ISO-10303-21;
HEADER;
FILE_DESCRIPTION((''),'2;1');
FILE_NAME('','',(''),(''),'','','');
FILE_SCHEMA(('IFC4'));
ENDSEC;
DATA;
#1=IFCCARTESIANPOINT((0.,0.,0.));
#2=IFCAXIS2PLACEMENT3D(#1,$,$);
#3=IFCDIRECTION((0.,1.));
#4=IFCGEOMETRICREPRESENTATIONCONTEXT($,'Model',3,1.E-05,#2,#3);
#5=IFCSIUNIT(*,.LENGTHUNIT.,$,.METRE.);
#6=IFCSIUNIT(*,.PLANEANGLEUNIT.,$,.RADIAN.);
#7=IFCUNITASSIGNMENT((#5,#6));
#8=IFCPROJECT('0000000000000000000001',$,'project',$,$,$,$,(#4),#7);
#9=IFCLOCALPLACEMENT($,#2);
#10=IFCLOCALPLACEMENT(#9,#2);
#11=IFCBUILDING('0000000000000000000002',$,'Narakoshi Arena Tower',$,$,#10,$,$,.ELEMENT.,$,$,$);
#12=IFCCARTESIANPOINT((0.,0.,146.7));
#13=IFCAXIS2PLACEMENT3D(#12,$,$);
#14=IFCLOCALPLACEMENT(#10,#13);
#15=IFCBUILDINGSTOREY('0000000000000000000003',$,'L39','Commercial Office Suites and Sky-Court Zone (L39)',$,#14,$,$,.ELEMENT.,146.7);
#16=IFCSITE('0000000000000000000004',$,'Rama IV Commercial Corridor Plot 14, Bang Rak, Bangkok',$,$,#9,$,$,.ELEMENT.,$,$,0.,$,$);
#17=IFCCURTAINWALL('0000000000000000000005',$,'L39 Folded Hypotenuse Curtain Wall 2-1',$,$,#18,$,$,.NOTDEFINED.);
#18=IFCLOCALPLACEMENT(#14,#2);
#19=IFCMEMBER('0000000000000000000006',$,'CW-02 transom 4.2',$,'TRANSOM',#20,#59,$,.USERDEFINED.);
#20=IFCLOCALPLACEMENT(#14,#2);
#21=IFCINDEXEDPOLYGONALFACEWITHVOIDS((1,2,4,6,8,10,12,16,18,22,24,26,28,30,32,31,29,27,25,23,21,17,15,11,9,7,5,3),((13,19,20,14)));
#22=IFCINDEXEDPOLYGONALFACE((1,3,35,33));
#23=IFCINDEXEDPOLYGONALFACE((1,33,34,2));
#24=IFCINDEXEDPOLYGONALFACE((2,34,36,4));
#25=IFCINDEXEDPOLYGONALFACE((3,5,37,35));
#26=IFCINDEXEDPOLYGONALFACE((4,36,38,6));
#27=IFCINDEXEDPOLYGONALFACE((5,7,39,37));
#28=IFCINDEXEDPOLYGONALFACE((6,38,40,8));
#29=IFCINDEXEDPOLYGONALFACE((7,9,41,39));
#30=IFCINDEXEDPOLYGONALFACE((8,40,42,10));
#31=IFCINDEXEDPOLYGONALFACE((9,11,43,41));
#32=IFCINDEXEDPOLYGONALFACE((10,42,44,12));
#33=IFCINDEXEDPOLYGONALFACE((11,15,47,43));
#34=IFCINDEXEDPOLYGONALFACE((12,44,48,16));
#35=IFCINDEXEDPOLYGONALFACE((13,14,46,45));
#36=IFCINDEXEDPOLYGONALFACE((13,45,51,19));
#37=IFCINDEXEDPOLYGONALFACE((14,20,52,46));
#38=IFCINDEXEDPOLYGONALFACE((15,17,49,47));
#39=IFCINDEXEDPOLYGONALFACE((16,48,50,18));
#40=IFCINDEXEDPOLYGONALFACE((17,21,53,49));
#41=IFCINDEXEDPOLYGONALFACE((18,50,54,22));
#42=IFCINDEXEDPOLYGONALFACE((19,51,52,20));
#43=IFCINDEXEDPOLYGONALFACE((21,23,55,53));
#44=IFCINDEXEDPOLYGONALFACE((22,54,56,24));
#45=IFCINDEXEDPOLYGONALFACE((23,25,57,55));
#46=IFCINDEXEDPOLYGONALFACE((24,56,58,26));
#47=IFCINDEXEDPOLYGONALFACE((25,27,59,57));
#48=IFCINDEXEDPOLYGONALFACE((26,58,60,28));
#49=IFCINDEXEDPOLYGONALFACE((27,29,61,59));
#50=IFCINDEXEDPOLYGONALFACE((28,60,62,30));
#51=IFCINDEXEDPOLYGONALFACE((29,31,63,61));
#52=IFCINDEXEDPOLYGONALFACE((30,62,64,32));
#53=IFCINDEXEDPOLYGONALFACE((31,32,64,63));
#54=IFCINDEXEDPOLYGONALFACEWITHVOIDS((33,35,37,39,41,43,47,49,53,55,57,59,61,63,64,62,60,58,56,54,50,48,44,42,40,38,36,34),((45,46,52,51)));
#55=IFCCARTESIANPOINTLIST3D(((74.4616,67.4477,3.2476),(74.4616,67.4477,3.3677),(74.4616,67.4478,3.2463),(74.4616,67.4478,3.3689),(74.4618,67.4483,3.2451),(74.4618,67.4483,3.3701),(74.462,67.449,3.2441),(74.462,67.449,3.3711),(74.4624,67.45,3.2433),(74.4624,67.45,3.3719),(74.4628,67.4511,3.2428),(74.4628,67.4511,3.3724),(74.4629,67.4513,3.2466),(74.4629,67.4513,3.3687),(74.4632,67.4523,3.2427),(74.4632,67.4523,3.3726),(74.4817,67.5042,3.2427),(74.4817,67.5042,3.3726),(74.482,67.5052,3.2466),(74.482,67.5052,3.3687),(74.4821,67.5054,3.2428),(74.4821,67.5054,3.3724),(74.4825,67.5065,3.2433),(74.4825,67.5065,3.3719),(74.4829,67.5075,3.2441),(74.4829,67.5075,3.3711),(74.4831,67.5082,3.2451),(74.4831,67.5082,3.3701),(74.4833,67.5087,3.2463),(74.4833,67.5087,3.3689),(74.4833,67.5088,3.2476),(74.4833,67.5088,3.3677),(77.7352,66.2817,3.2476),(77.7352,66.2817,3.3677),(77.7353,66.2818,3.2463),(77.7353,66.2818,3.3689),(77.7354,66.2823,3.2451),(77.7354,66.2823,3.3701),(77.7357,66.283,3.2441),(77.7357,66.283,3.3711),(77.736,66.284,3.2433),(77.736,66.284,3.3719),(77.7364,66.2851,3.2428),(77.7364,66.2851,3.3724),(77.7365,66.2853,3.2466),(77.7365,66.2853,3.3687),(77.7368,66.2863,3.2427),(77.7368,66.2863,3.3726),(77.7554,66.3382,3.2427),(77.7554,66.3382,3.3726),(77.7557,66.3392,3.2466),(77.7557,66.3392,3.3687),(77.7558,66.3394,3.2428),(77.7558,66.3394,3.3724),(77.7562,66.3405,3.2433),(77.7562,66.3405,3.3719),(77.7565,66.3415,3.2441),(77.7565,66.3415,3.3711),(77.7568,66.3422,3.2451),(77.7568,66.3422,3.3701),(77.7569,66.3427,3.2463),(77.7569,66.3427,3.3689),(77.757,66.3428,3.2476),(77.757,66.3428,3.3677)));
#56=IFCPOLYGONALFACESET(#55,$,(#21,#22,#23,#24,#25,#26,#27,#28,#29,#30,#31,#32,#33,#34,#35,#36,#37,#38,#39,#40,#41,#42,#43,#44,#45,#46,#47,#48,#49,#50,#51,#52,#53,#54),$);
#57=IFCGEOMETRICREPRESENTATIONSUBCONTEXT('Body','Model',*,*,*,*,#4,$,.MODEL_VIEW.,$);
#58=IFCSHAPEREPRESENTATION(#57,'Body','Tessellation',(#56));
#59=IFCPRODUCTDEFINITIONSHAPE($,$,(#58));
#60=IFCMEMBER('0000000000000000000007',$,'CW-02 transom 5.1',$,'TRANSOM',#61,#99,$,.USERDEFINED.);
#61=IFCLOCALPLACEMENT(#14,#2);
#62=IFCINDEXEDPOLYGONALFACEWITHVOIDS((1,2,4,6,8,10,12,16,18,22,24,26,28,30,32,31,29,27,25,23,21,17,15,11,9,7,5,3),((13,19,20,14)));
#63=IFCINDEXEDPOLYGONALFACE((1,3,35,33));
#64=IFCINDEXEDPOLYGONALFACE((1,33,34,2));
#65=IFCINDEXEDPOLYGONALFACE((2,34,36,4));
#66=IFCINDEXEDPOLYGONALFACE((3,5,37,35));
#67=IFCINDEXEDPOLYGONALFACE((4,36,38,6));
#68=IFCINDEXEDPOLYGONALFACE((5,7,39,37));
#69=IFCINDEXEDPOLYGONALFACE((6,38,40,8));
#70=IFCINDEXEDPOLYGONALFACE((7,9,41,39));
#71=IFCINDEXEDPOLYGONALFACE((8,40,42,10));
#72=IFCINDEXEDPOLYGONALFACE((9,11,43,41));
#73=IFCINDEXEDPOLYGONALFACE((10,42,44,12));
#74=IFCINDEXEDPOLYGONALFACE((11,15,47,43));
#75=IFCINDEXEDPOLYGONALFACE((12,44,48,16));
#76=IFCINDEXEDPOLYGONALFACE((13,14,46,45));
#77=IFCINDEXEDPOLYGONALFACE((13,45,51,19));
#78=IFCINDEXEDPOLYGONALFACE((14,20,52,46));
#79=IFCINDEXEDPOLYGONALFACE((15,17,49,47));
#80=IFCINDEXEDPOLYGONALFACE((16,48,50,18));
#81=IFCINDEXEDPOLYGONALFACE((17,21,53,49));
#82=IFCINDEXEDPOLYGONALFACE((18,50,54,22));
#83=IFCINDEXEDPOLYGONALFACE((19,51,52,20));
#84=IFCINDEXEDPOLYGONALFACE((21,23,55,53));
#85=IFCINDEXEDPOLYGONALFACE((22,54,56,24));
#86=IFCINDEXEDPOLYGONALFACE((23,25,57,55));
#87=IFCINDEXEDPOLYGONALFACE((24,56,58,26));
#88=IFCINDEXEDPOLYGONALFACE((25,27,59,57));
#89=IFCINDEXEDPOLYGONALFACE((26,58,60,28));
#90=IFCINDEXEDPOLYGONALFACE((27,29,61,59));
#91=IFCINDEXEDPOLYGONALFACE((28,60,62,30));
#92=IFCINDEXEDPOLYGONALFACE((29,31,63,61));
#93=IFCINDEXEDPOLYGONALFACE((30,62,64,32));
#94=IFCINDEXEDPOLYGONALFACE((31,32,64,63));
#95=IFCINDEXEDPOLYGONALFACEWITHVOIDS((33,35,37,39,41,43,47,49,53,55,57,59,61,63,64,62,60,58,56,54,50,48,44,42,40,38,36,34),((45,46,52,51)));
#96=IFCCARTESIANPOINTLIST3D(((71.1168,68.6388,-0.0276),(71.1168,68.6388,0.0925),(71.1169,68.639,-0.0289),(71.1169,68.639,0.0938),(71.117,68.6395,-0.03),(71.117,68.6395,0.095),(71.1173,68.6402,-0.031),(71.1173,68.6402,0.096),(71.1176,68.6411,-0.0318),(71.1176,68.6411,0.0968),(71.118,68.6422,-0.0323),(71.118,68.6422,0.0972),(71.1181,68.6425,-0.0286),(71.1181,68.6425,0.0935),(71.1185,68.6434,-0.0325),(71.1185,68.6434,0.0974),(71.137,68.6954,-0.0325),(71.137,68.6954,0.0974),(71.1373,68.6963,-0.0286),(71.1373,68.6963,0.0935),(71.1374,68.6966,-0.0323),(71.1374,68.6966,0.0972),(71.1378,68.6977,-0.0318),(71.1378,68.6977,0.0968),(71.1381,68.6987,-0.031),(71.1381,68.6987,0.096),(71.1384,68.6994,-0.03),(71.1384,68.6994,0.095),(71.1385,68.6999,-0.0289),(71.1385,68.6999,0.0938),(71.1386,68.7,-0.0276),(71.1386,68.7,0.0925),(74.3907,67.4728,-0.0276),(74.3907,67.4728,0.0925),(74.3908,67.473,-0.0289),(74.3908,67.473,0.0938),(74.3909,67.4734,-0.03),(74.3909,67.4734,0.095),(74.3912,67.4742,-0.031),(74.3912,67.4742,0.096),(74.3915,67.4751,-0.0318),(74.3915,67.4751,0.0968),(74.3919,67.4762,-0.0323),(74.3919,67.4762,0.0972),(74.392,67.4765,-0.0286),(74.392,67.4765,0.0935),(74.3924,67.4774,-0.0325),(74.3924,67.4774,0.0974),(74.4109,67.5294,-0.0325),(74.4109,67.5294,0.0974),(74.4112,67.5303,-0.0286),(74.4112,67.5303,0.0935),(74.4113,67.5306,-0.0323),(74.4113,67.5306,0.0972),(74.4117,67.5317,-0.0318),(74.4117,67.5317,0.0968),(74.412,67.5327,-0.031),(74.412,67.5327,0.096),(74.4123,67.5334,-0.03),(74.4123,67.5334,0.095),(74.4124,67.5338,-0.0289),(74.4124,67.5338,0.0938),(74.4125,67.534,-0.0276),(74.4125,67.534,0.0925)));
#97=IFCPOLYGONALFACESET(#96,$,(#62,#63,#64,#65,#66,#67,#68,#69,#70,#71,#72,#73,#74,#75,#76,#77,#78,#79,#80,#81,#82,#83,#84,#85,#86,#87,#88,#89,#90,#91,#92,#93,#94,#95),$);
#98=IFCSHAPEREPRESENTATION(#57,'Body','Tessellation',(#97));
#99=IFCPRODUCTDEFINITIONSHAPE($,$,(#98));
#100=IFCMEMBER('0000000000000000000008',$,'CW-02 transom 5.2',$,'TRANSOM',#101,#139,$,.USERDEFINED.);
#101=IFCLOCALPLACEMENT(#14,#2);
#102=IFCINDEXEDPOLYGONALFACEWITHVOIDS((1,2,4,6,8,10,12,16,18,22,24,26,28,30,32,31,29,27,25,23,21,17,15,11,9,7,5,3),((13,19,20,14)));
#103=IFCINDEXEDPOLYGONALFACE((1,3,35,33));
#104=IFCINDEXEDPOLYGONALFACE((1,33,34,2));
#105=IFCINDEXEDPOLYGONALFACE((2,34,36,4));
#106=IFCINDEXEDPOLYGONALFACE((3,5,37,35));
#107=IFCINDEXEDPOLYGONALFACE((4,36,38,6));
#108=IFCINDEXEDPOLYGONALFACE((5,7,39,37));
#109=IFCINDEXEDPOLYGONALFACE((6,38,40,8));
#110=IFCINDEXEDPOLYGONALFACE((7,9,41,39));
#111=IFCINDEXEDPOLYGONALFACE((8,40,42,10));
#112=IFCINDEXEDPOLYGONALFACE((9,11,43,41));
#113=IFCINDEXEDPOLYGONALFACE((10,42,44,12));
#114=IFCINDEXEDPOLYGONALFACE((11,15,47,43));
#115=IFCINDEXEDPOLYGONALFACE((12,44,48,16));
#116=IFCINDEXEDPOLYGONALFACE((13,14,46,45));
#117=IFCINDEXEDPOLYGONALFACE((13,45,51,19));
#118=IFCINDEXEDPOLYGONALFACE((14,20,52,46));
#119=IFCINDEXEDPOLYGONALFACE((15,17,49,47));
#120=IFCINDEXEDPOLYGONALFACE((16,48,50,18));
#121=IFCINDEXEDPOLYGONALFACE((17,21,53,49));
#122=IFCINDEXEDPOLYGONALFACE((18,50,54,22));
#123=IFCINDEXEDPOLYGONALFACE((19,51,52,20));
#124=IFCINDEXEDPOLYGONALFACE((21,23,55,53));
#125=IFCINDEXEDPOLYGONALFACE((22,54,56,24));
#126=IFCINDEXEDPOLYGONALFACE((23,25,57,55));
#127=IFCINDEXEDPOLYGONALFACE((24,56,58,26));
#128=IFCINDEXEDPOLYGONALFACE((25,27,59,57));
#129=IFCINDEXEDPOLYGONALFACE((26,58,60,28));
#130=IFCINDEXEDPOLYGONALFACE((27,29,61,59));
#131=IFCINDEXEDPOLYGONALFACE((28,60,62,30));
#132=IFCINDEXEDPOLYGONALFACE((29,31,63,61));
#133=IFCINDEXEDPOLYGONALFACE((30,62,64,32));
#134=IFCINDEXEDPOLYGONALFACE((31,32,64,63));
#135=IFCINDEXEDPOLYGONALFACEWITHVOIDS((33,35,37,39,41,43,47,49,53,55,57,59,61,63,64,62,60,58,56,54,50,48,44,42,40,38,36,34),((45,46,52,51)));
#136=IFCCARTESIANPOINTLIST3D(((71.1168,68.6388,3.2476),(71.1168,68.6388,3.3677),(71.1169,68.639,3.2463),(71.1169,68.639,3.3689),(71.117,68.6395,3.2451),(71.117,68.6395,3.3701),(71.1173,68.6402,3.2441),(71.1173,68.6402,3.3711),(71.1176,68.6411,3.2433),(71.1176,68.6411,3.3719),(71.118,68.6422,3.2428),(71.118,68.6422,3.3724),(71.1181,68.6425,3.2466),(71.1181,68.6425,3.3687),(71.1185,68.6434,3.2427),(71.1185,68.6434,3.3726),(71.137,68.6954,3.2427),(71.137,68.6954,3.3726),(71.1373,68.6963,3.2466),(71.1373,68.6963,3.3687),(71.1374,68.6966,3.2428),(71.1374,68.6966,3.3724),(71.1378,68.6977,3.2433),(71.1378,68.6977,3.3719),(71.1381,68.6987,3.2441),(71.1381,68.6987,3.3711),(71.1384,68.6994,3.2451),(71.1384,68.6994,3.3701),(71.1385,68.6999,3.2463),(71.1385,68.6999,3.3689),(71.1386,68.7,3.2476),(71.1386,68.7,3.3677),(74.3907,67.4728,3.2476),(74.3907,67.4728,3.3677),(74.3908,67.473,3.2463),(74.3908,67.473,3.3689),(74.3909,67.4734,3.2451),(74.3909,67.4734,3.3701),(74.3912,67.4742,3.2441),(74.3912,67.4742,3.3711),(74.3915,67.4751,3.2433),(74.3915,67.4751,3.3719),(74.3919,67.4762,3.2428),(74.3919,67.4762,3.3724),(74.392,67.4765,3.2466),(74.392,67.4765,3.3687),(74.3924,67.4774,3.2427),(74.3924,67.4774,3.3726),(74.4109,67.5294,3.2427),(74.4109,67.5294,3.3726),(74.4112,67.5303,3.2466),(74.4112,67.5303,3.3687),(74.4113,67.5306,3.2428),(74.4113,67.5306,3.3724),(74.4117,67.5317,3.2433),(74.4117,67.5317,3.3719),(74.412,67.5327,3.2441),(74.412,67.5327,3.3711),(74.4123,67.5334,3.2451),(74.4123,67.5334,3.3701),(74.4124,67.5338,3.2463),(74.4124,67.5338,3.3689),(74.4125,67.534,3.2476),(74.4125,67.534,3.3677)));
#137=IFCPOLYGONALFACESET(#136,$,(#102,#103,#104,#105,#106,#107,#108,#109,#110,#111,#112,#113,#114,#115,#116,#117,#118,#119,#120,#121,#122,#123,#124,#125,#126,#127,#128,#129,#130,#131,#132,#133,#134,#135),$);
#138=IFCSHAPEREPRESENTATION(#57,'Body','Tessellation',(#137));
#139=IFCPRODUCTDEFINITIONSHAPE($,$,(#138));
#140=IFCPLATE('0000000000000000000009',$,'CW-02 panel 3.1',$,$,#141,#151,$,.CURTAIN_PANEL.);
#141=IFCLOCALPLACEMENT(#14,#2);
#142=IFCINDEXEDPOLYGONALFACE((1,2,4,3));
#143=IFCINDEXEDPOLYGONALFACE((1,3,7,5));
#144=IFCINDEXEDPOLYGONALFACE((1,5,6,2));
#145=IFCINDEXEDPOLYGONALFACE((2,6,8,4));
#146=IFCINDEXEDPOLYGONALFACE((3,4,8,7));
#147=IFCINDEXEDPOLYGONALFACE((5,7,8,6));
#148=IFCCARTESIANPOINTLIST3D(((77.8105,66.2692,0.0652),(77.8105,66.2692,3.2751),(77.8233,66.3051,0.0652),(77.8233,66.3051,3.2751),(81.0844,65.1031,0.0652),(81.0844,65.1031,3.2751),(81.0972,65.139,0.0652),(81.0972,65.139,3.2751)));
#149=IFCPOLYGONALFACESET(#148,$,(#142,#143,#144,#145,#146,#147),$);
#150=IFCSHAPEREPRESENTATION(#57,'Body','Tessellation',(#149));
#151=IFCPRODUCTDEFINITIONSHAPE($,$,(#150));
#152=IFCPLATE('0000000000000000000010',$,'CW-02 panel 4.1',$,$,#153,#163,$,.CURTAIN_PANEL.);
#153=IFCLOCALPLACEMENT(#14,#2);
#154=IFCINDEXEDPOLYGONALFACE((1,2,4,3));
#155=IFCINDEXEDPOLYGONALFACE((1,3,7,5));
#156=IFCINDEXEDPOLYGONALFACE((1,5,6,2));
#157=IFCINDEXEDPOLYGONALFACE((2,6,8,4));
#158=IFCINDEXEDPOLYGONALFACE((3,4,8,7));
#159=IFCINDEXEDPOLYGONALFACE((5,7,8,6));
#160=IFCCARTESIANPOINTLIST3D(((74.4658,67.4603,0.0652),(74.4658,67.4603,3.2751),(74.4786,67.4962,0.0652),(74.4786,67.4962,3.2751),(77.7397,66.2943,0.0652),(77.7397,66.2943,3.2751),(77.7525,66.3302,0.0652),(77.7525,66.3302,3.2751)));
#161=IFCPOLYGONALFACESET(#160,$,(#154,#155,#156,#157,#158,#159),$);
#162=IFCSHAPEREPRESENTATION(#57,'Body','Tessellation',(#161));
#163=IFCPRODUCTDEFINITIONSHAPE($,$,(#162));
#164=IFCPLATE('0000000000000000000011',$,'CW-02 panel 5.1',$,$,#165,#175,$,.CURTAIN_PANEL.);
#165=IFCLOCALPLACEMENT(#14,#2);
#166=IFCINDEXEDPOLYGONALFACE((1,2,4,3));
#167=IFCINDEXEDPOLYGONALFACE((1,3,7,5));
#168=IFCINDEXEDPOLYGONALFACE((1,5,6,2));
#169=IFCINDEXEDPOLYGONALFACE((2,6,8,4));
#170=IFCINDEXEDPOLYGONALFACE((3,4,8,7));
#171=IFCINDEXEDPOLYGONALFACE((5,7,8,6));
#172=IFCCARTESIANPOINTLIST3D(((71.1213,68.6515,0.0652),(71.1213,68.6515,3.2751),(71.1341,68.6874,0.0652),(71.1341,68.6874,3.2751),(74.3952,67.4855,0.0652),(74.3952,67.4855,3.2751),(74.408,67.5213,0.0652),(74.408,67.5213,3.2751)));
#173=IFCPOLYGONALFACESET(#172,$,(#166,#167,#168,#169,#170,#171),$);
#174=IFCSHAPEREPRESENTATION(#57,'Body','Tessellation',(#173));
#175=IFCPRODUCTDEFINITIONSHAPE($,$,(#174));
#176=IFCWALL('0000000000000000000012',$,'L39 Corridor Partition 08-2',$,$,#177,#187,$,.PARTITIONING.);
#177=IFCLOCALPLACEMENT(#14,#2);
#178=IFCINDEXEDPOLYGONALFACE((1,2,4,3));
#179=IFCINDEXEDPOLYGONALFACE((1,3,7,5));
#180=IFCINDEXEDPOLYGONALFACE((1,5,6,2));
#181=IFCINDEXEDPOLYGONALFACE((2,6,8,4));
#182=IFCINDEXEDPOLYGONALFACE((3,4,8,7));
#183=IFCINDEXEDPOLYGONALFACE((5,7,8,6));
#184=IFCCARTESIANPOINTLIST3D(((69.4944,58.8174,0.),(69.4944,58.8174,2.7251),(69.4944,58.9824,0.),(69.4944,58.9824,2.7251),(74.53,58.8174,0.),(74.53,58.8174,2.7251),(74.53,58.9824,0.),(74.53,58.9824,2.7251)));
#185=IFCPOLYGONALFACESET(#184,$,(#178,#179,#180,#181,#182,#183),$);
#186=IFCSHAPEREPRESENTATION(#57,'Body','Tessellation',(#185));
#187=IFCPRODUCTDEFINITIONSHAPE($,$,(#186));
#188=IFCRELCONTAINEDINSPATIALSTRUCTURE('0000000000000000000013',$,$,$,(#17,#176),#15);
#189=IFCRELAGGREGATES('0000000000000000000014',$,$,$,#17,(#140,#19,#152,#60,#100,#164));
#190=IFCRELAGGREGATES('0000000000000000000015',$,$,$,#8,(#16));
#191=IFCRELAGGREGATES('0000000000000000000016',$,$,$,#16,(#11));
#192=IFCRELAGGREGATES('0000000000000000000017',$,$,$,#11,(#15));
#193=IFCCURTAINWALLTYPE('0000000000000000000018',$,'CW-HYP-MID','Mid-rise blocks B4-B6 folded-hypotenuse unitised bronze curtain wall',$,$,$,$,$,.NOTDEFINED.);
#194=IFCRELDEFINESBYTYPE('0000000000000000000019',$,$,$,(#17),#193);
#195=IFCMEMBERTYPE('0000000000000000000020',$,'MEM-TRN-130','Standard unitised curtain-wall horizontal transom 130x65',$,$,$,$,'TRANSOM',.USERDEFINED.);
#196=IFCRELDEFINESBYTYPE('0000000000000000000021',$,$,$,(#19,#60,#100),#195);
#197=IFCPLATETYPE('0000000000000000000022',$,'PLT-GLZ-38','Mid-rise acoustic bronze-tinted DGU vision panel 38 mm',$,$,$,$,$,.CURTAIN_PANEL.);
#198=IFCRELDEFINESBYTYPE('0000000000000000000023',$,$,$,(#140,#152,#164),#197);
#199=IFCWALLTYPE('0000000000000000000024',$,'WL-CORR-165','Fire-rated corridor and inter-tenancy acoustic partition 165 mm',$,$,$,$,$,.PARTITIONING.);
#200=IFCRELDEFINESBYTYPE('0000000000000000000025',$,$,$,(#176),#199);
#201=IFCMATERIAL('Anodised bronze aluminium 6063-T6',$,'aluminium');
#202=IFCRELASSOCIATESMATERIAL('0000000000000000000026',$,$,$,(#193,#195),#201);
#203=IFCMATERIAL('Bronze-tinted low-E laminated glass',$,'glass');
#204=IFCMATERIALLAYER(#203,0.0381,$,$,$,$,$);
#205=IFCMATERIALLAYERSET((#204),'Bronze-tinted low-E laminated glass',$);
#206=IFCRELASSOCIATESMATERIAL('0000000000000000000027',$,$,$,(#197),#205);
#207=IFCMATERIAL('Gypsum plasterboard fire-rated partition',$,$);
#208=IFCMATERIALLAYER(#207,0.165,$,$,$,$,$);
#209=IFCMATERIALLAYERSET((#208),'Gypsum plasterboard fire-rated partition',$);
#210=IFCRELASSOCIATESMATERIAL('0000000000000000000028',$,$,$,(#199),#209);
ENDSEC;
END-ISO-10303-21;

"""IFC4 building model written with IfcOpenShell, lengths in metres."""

from ifc_helpers import new_model, si_unit, direction, frame, frame_2d, origin, origin_2d, place, context, subcontext, project, spatial, rectangle, hollow_rectangle, extrude, material, layer, layer_set, material_profile, profile_set, type_object, element, aggregate, save


model = new_model("IFC4")

# Units and contexts
model_context = context("Model", 3, precision=1e-05, world=origin(), true_north=direction((0.0, 1.0)))
body_context = subcontext(model_context, "Body", "Model", "MODEL_VIEW")
ifc_project = project(units=[si_unit("LENGTHUNIT", "METRE"), si_unit("PLANEANGLEUNIT", "RADIAN")], contexts=[model_context])

# Site, building, storey
site_placement = place(None, origin())
site = spatial("IfcSite", under=ifc_project, at=site_placement, Name="Rama IV Commercial Corridor Plot 14, Bang Rak, Bangkok", CompositionType="ELEMENT", RefElevation=0.0)
building_placement = place(site_placement, origin())
building = spatial("IfcBuilding", under=site, at=building_placement, Name="Narakoshi Arena Tower", CompositionType="ELEMENT")
storey_placement = place(building_placement, frame((0.0, 0.0, 146.7)))
storey = spatial("IfcBuildingStorey", under=building, at=storey_placement, Name="L39", Description="Commercial Office Suites and Sky-Court Zone (L39)", CompositionType="ELEMENT", Elevation=146.7)

# Curtain wall, members, plates
ifc_material_1 = material(Name="Anodised bronze aluminium 6063-T6", Category="aluminium")
curtain_wall_type = type_object("IfcCurtainWallType", Name="CW-HYP-MID", Description="Mid-rise blocks B4-B6 folded-hypotenuse unitised bronze curtain wall", PredefinedType="NOTDEFINED", material=ifc_material_1)
curtain_wall_placement = place(storey_placement, origin())
curtain_wall = element("IfcCurtainWall", 1, at=curtain_wall_placement, inside=storey, type_object=curtain_wall_type, Name="L39 Folded Hypotenuse Curtain Wall 2-1", PredefinedType="NOTDEFINED")
ifc_material_profile_1 = material_profile(ifc_material_1, hollow_rectangle(XDim=0.0649, YDim=0.1299, WallThickness=0.0039, OuterFilletRadius=0.0049, at=origin_2d()), Name="TRN130x65x4")
ifc_profile_set_1 = profile_set([ifc_material_profile_1], Name="Anodised bronze aluminium 6063-T6")
member_type_1 = type_object("IfcMemberType", Name="MEM-TRN-130", Description="Standard unitised curtain-wall horizontal transom 130x65", ElementType="TRANSOM", PredefinedType="USERDEFINED", material=ifc_profile_set_1)
member_1_placement = place(storey_placement, frame((77.7461, 66.3123, 3.3076), z_axis=(-0.942029, 0.335531, 0.0), x_axis=(-0.335531, -0.942029, 0.0)))
member_1 = element("IfcMember", 2, at=member_1_placement, type_object=member_type_1, Name="CW-02 transom 4.2", ObjectType="TRANSOM", PredefinedType="USERDEFINED", context=body_context, shape_type="SweptSolid", body=[
    extrude(hollow_rectangle(XDim=0.0649, YDim=0.1299, WallThickness=0.0039, OuterFilletRadius=0.0049, at=origin_2d()), origin(), (0.0, 0.0, 1.0), 3.4751),
])
member_2_placement = place(storey_placement, frame((74.4016, 67.5034, 0.0325), z_axis=(-0.942037, 0.335509, 0.0), x_axis=(-0.335509, -0.942037, 0.0)))
member_2 = element("IfcMember", 3, at=member_2_placement, type_object=member_type_1, Name="CW-02 transom 5.1", ObjectType="TRANSOM", PredefinedType="USERDEFINED", context=body_context, shape_type="SweptSolid", body=[
    extrude(hollow_rectangle(XDim=0.0649, YDim=0.1299, WallThickness=0.0039, OuterFilletRadius=0.0049, at=origin_2d()), origin(), (0.0, 0.0, 1.0), 3.4753),
])
member_3_placement = place(storey_placement, frame((74.4016, 67.5034, 3.3076), z_axis=(-0.942037, 0.335509, 0.0), x_axis=(-0.335509, -0.942037, 0.0)))
member_3 = element("IfcMember", 4, at=member_3_placement, type_object=member_type_1, Name="CW-02 transom 5.2", ObjectType="TRANSOM", PredefinedType="USERDEFINED", context=body_context, shape_type="SweptSolid", body=[
    extrude(hollow_rectangle(XDim=0.0649, YDim=0.1299, WallThickness=0.0039, OuterFilletRadius=0.0049, at=origin_2d()), origin(), (0.0, 0.0, 1.0), 3.4753),
])
ifc_material_2 = material(Name="Bronze-tinted low-E laminated glass", Category="glass")
ifc_layer_1 = layer(ifc_material_2, 0.0381)
ifc_layer_set_1 = layer_set([ifc_layer_1], Name="Bronze-tinted low-E laminated glass")
plate_type = type_object("IfcPlateType", Name="PLT-GLZ-38", Description="Mid-rise acoustic bronze-tinted DGU vision panel 38 mm", PredefinedType="CURTAIN_PANEL", material=ifc_layer_set_1)
plate_1_placement = place(storey_placement, frame((79.4539, 65.7041, 0.0652), z_axis=(0.0, 0.0, 1.0), x_axis=(-0.942034, 0.335518, 0.0)))
plate_1 = element("IfcPlate", 5, at=plate_1_placement, type_object=plate_type, Name="CW-02 panel 3.1", PredefinedType="CURTAIN_PANEL", context=body_context, shape_type="SweptSolid", body=[
    extrude(rectangle(XDim=3.4753, YDim=0.0381, at=origin_2d()), origin(), (0.0, 0.0, 1.0), 3.21),
])
plate_2_placement = place(storey_placement, frame((76.1091, 66.8953, 0.0652), z_axis=(0.0, 0.0, 1.0), x_axis=(-0.942034, 0.335518, 0.0)))
plate_2 = element("IfcPlate", 6, at=plate_2_placement, type_object=plate_type, Name="CW-02 panel 4.1", PredefinedType="CURTAIN_PANEL", context=body_context, shape_type="SweptSolid", body=[
    extrude(rectangle(XDim=3.4753, YDim=0.0381, at=origin_2d()), origin(), (0.0, 0.0, 1.0), 3.21),
])
plate_3_placement = place(storey_placement, frame((72.7646, 68.0864, 0.0652), z_axis=(0.0, 0.0, 1.0), x_axis=(-0.942034, 0.335518, 0.0)))
plate_3 = element("IfcPlate", 7, at=plate_3_placement, type_object=plate_type, Name="CW-02 panel 5.1", PredefinedType="CURTAIN_PANEL", context=body_context, shape_type="SweptSolid", body=[
    extrude(rectangle(XDim=3.4753, YDim=0.0381, at=origin_2d()), origin(), (0.0, 0.0, 1.0), 3.21),
])
aggregate(curtain_wall, [plate_1, member_1, plate_2, member_2, member_3, plate_3])

# Wall
ifc_material_3 = material(Name="Gypsum plasterboard fire-rated partition")
ifc_layer_2 = layer(ifc_material_3, 0.165)
ifc_layer_set_2 = layer_set([ifc_layer_2], Name="Gypsum plasterboard fire-rated partition")
wall_type_1 = type_object("IfcWallType", Name="WL-CORR-165", Description="Fire-rated corridor and inter-tenancy acoustic partition 165 mm", PredefinedType="PARTITIONING", material=ifc_layer_set_2)
wall_1_placement = place(storey_placement, frame((74.53, 58.8999, 0.0), z_axis=(0.0, 0.0, 1.0), x_axis=(-1.0, 0.0, 0.0)))
element("IfcWall", 8, at=wall_1_placement, inside=storey, type_object=wall_type_1, Name="L39 Corridor Partition 08-2", PredefinedType="PARTITIONING", context=body_context, shape_type="SweptSolid", body=[
    extrude(rectangle(XDim=5.0356, YDim=0.165, at=frame_2d((2.5178, 0.0))), origin(), (0.0, 0.0, 1.0), 2.7251),
])

save(model, "model.ifc")
